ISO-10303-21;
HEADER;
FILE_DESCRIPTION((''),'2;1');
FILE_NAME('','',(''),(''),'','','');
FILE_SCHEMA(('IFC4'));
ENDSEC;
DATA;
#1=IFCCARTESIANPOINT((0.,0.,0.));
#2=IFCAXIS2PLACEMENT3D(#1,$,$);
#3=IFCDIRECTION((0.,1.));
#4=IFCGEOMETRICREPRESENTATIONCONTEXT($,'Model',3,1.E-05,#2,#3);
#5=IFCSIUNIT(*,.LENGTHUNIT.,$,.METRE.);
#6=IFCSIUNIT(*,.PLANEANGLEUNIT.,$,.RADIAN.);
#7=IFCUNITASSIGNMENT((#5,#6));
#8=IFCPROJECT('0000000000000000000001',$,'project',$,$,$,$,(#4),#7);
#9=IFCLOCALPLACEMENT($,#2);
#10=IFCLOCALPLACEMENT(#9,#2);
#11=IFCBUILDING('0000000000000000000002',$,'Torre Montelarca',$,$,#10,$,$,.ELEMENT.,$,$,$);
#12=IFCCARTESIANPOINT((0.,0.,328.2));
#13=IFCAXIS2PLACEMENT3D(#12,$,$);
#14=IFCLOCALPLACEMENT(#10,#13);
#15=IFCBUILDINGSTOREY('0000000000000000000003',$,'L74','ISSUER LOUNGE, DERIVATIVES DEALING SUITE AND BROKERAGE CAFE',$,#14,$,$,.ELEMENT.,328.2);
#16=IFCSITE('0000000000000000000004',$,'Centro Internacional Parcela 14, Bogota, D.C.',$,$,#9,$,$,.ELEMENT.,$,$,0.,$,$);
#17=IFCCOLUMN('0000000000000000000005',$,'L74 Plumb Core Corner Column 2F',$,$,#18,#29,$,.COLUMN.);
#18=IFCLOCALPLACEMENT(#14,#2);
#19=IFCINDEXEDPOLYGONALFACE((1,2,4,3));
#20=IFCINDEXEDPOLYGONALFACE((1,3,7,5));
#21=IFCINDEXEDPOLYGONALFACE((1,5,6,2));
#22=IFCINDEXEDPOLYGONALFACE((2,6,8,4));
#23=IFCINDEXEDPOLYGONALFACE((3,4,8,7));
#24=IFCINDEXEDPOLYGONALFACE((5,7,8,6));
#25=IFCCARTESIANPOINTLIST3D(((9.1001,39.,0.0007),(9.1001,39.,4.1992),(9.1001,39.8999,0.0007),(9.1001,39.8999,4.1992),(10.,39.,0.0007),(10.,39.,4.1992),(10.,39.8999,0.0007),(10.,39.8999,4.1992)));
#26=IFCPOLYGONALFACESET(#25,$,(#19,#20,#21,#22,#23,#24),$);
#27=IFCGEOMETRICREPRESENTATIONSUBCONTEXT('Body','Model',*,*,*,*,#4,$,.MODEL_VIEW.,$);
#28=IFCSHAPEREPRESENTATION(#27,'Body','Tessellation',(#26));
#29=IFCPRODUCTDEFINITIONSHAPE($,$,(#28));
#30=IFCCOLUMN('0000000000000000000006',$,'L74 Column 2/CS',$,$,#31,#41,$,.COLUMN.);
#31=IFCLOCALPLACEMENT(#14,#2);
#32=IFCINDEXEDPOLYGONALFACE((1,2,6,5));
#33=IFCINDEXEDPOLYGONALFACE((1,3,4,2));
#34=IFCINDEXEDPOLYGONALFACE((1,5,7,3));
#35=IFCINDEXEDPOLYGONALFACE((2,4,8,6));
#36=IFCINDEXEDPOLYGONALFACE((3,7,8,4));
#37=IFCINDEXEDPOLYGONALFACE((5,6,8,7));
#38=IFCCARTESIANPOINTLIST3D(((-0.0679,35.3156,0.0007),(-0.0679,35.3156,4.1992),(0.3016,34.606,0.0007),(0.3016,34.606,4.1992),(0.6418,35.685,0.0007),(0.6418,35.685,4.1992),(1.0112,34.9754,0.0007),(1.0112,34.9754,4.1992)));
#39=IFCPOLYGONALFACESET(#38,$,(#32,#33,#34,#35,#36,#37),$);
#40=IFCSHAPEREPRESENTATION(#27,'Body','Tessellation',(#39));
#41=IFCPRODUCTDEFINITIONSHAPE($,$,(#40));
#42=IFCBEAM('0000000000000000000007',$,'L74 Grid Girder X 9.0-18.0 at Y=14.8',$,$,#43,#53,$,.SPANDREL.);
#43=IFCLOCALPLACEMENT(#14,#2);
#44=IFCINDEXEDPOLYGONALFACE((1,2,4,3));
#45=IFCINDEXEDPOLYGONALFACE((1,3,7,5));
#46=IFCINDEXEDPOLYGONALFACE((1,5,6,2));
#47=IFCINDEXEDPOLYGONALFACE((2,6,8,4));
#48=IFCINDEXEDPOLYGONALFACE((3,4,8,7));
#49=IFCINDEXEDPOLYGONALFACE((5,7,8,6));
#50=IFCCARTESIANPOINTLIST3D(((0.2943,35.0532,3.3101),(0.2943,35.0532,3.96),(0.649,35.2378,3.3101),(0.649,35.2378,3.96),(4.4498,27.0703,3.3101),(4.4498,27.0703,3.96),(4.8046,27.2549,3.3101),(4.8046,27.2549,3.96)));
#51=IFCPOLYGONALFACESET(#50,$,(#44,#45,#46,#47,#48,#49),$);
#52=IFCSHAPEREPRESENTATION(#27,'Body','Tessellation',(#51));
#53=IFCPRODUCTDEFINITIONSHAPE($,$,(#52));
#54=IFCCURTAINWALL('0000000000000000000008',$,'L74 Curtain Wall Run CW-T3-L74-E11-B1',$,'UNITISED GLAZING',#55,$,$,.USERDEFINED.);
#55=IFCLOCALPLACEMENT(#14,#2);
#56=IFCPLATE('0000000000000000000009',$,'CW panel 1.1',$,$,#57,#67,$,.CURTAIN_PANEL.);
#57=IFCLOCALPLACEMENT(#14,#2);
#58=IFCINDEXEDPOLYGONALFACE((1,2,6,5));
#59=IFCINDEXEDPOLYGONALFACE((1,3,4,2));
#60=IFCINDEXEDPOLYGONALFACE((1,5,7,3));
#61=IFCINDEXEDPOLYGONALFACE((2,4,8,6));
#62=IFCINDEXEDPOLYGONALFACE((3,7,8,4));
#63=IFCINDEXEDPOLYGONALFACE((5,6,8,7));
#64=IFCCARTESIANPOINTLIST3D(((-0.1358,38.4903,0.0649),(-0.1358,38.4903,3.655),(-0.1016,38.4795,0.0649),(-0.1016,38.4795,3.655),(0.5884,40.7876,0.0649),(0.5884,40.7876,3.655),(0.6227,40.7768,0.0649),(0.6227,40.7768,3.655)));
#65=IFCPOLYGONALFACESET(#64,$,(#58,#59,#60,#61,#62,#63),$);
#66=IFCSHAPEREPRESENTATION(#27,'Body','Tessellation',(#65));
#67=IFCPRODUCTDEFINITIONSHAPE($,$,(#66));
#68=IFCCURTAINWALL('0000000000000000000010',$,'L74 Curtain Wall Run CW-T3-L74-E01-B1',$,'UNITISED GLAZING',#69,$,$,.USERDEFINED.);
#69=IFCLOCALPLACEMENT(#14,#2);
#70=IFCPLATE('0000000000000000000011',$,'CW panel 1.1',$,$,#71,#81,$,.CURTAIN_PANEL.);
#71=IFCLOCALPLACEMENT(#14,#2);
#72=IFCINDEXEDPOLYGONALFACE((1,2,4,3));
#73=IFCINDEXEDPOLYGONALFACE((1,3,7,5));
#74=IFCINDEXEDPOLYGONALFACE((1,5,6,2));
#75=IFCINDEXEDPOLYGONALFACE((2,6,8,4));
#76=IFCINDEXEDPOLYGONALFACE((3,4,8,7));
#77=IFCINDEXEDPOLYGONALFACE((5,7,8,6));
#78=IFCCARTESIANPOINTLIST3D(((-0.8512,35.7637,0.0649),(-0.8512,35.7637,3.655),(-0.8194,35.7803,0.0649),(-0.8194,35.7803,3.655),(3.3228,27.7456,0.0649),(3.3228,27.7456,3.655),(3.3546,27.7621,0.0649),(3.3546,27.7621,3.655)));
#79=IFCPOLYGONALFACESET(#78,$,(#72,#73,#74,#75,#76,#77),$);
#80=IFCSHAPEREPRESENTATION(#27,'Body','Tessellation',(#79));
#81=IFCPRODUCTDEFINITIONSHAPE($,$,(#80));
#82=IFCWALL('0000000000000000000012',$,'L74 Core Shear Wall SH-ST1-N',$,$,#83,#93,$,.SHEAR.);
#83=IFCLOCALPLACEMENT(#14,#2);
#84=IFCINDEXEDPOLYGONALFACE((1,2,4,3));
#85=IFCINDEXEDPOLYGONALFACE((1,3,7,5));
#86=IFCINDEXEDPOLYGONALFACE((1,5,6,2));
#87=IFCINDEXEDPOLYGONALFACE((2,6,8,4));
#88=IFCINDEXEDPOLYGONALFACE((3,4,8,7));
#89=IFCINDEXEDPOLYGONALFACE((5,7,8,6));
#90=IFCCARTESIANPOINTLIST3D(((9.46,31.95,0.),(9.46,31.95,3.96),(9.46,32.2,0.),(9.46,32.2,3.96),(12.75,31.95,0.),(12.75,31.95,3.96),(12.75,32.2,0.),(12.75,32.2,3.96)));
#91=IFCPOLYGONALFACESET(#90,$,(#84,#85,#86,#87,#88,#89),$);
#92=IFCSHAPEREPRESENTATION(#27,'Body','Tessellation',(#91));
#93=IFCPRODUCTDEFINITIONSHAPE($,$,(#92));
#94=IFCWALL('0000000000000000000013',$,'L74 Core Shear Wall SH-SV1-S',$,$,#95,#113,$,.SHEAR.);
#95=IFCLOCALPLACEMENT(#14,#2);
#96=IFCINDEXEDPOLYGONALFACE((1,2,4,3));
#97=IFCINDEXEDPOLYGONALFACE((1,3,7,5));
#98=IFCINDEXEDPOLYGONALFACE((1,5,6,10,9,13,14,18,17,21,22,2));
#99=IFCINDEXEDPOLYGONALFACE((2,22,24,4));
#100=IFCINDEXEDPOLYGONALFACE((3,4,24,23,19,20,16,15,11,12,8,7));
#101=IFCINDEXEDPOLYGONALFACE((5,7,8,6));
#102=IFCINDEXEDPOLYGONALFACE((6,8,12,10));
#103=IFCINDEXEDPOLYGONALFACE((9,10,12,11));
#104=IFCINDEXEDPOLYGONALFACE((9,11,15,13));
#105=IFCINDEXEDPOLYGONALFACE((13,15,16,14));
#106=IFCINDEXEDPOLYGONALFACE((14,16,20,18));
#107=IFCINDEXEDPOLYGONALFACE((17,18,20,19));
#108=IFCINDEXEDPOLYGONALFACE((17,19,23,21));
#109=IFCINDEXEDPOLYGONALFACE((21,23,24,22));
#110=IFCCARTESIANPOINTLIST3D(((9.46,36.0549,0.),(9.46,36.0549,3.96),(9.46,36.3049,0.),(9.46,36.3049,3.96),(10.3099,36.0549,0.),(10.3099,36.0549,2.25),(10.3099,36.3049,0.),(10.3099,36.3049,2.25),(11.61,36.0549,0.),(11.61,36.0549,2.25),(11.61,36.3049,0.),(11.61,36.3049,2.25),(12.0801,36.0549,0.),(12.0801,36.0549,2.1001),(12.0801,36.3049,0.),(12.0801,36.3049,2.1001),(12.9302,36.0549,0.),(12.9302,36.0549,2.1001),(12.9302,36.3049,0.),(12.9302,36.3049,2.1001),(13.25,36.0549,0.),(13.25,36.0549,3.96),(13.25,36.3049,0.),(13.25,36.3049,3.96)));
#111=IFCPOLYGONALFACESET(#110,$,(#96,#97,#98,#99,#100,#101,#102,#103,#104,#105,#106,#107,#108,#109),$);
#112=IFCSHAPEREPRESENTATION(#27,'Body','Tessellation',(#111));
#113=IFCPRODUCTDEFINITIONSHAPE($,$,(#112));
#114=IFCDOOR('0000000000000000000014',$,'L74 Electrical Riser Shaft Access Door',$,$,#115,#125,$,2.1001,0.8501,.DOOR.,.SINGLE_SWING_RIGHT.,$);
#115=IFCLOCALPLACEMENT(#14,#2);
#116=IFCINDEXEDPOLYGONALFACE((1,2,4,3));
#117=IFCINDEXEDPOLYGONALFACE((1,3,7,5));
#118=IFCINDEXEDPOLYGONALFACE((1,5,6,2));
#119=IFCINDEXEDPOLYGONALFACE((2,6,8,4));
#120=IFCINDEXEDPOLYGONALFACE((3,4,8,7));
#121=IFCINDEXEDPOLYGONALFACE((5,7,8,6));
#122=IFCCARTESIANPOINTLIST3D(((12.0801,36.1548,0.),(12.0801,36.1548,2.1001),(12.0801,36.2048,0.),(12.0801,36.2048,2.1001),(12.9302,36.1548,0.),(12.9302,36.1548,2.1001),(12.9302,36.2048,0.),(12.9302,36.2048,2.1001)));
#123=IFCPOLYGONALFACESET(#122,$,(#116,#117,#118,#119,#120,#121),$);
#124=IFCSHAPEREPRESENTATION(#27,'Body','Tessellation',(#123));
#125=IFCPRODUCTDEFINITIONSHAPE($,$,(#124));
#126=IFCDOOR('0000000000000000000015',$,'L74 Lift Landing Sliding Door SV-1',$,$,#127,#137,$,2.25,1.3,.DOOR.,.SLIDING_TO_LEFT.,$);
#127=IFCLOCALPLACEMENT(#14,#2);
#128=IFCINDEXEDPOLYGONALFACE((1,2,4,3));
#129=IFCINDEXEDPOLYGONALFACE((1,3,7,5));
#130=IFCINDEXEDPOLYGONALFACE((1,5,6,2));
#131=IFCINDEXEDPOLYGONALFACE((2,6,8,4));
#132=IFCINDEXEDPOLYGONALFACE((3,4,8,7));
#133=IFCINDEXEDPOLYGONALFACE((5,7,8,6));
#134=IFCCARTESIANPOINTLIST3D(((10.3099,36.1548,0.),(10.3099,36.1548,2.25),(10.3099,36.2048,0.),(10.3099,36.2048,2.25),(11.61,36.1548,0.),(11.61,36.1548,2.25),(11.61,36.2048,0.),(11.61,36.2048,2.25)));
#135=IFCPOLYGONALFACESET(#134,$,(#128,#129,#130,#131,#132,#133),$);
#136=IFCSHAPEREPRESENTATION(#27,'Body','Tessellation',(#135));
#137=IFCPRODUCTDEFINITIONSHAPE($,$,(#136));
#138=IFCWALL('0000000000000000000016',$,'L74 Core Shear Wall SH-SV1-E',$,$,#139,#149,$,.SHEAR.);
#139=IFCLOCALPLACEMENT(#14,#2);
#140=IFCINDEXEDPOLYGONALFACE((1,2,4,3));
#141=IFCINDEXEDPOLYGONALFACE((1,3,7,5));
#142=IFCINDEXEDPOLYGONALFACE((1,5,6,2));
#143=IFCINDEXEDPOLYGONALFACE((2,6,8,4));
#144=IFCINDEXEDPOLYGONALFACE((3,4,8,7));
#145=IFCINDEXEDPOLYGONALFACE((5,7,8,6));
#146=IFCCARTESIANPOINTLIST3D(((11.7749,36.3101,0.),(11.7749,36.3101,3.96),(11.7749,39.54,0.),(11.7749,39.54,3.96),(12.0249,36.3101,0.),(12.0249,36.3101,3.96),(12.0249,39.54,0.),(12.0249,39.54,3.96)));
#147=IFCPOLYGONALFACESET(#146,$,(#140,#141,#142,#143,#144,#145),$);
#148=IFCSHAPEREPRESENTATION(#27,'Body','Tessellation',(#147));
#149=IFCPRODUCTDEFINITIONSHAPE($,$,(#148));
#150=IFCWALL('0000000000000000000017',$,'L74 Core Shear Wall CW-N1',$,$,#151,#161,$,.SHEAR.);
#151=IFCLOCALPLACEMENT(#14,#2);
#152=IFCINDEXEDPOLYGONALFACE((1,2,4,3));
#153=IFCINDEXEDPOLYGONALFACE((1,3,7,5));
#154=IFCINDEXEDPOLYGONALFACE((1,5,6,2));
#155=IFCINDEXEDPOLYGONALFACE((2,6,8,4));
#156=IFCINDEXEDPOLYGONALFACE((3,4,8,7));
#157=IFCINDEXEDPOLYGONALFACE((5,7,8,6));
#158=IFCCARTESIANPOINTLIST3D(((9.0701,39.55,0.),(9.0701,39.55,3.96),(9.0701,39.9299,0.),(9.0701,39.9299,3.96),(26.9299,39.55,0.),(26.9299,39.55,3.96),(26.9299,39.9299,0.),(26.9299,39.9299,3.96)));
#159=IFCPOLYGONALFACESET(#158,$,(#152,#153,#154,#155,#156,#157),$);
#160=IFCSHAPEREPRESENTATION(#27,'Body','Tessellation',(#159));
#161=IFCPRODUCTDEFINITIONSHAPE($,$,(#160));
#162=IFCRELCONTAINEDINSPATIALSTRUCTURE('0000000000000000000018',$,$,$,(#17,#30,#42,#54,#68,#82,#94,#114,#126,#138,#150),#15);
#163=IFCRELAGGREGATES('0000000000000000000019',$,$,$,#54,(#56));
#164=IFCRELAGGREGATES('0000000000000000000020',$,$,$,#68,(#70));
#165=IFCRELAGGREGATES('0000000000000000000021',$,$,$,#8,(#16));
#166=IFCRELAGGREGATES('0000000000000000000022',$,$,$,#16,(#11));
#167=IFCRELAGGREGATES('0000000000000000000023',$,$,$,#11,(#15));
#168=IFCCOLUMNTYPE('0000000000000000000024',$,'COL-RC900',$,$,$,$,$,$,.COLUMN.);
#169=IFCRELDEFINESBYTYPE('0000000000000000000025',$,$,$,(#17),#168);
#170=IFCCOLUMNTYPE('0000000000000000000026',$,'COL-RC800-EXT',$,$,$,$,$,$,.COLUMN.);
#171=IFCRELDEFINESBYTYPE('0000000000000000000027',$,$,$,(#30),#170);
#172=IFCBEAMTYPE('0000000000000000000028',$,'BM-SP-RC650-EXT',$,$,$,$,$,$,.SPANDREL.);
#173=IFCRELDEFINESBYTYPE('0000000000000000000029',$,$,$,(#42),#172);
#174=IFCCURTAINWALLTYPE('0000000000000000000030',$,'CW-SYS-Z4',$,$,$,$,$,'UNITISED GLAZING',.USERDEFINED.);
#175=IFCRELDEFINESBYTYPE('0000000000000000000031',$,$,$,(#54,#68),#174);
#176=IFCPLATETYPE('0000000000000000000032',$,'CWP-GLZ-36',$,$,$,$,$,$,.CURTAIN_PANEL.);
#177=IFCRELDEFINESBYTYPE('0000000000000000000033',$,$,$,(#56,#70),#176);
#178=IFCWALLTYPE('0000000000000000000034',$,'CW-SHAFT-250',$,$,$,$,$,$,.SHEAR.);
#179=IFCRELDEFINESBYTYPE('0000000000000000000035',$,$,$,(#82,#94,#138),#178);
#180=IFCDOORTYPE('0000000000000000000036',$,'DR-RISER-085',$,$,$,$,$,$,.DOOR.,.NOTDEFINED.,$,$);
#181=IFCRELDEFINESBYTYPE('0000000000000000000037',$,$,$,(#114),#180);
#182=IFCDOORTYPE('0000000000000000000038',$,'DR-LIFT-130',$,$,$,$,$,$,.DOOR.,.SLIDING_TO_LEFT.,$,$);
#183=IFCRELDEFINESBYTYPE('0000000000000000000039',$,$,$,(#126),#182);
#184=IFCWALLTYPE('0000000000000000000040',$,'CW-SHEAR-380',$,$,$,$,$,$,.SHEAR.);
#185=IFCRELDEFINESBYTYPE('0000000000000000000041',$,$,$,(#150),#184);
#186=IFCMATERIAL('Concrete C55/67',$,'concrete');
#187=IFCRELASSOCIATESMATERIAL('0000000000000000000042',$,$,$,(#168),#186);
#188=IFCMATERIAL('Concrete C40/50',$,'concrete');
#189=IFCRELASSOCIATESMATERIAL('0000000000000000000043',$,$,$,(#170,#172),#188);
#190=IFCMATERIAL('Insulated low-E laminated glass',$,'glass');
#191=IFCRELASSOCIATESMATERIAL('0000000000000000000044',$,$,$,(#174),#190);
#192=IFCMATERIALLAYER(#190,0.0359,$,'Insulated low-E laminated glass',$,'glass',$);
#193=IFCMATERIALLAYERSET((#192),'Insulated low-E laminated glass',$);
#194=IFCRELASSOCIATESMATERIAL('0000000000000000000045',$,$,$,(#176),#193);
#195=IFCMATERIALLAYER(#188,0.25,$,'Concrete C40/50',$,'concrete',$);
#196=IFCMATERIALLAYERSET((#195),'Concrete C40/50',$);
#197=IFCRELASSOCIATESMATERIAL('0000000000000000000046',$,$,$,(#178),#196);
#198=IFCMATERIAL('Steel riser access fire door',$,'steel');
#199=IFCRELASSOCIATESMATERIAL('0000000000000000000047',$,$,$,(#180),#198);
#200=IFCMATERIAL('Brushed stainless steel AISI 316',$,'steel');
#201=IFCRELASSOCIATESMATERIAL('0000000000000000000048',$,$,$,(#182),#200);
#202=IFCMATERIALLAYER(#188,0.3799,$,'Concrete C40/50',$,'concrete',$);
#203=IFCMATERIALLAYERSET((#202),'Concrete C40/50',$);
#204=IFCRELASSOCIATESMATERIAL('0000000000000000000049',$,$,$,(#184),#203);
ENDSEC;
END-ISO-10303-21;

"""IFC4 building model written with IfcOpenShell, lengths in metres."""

from ifc_helpers import new_model, si_unit, direction, frame, frame_2d, origin, origin_2d, place, context, subcontext, project, spatial, rectangle, extrude, source, transform, mapped, material, layer, layer_set, material_profile, profile_set, type_object, element, fill, aggregate, save


model = new_model("IFC4")

# Units and contexts
model_context = context("Model", 3, precision=1e-05, world=origin(), true_north=direction((0.0, 1.0)))
body_context = subcontext(model_context, "Body", "Model", "MODEL_VIEW")
ifc_project = project(units=[si_unit("LENGTHUNIT", "METRE"), si_unit("PLANEANGLEUNIT", "RADIAN")], contexts=[model_context])

# Site, building, storey
site_placement = place(None, origin())
site = spatial("IfcSite", under=ifc_project, at=site_placement, Name="Centro Internacional Parcela 14, Bogota, D.C.", CompositionType="ELEMENT", RefElevation=0.0)
building_placement = place(site_placement, origin())
building = spatial("IfcBuilding", under=site, at=building_placement, Name="Torre Montelarca", CompositionType="ELEMENT")
storey_placement = place(building_placement, frame((0.0, 0.0, 328.2)))
storey = spatial("IfcBuildingStorey", under=building, at=storey_placement, Name="L74", Description="ISSUER LOUNGE, DERIVATIVES DEALING SUITE AND BROKERAGE CAFE", CompositionType="ELEMENT", Elevation=328.2)

# Columns
ifc_material_1 = material(Name="Concrete C55/67", Category="concrete")
ifc_material_profile_1 = material_profile(ifc_material_1, rectangle(XDim=0.8999, YDim=0.8999, at=origin_2d()), Name="RC900X900", Category="concrete")
ifc_profile_set_1 = profile_set([ifc_material_profile_1], Name="Concrete C55/67")
column_type_1 = type_object("IfcColumnType", Name="COL-RC900", PredefinedType="COLUMN", material=ifc_profile_set_1)
shared_shape_1 = source(origin(), body_context, "Body", "SweptSolid", [
    extrude(rectangle(XDim=0.8999, YDim=0.8999, at=origin_2d()), origin(), (0.0, 0.0, 1.0), 4.1985),
])
column_1_placement = place(storey_placement, frame((9.55, 39.45, 0.0007), z_axis=(0.0, 0.0, 1.0), x_axis=(1.0, 0.0, 0.0)))
element("IfcColumn", 1, at=column_1_placement, inside=storey, type_object=column_type_1, Name="L74 Plumb Core Corner Column 2F", PredefinedType="COLUMN", context=body_context, shape_type="MappedRepresentation", body=[
    mapped(shared_shape_1, transform((0.0, 0.0, 0.0), scale=1.0)),
])
ifc_material_2 = material(Name="Concrete C40/50", Category="concrete")
ifc_material_profile_2 = material_profile(ifc_material_2, rectangle(XDim=0.8, YDim=0.8, at=origin_2d()), Name="RC800X800", Category="concrete")
ifc_profile_set_2 = profile_set([ifc_material_profile_2], Name="Concrete C40/50")
column_type_2 = type_object("IfcColumnType", Name="COL-RC800-EXT", PredefinedType="COLUMN", material=ifc_profile_set_2)
shared_shape_2 = source(origin(), body_context, "Body", "SweptSolid", [
    extrude(rectangle(XDim=0.8, YDim=0.8, at=origin_2d()), origin(), (0.0, 0.0, 1.0), 4.1985),
])
column_2_placement = place(storey_placement, frame((0.4717, 35.1455, 0.0007), z_axis=(0.0, 0.0, 1.0), x_axis=(-0.461749, 0.887011, 0.0)))
element("IfcColumn", 2, at=column_2_placement, inside=storey, type_object=column_type_2, Name="L74 Column 2/CS", PredefinedType="COLUMN", context=body_context, shape_type="MappedRepresentation", body=[
    mapped(shared_shape_2, transform((0.0, 0.0, 0.0), scale=1.0)),
])

# Beam
ifc_material_profile_3 = material_profile(ifc_material_2, rectangle(XDim=0.3999, YDim=0.6499, at=origin_2d()), Name="RCB400X650", Category="concrete")
ifc_profile_set_3 = profile_set([ifc_material_profile_3], Name="Concrete C40/50")
beam_type = type_object("IfcBeamType", Name="BM-SP-RC650-EXT", PredefinedType="SPANDREL", material=ifc_profile_set_3)
shared_shape_3 = source(origin(), body_context, "Body", "SweptSolid", [
    extrude(rectangle(XDim=0.3999, YDim=0.6499, at=origin_2d()), origin(), (0.0, 0.0, 1.0), 8.9998),
])
beam_placement = place(storey_placement, frame((0.4717, 35.1455, 3.635), z_axis=(0.461738, -0.887016, 0.0), x_axis=(0.887016, 0.461738, 0.0)))
element("IfcBeam", 3, at=beam_placement, inside=storey, type_object=beam_type, Name="L74 Grid Girder X 9.0-18.0 at Y=14.8", PredefinedType="SPANDREL", context=body_context, shape_type="MappedRepresentation", body=[
    mapped(shared_shape_3, transform((0.0, 0.0, 0.0), scale=1.0)),
])

# Curtain walls, plates
ifc_material_3 = material(Name="Insulated low-E laminated glass", Category="glass")
curtain_wall_type = type_object("IfcCurtainWallType", Name="CW-SYS-Z4", ElementType="UNITISED GLAZING", PredefinedType="USERDEFINED", material=ifc_material_3)
curtain_wall_1_placement = place(storey_placement, origin())
curtain_wall_1 = element("IfcCurtainWall", 4, at=curtain_wall_1_placement, inside=storey, type_object=curtain_wall_type, Name="L74 Curtain Wall Run CW-T3-L74-E11-B1", ObjectType="UNITISED GLAZING", PredefinedType="USERDEFINED")
ifc_layer_1 = layer(ifc_material_3, 0.0359, Name="Insulated low-E laminated glass", Category="glass")
ifc_layer_set_1 = layer_set([ifc_layer_1], Name="Insulated low-E laminated glass")
plate_type = type_object("IfcPlateType", Name="CWP-GLZ-36", PredefinedType="CURTAIN_PANEL", material=ifc_layer_set_1)
shared_shape_4 = source(origin(), body_context, "Body", "SweptSolid", [
    extrude(rectangle(XDim=2.4087, YDim=0.0359, at=origin_2d()), origin(), (0.0, 0.0, 1.0), 3.5901),
])
plate_1_placement = place(storey_placement, frame((0.2434, 39.6335, 0.0649), z_axis=(0.0, 0.0, 1.0), x_axis=(-0.300693, -0.953721, 0.0)))
plate_1 = element("IfcPlate", 5, at=plate_1_placement, type_object=plate_type, Name="CW panel 1.1", PredefinedType="CURTAIN_PANEL", context=body_context, shape_type="MappedRepresentation", body=[
    mapped(shared_shape_4, transform((0.0, 0.0, 0.0), scale=1.0)),
])
aggregate(curtain_wall_1, [plate_1])
curtain_wall_2_placement = place(storey_placement, origin())
curtain_wall_2 = element("IfcCurtainWall", 6, at=curtain_wall_2_placement, inside=storey, type_object=curtain_wall_type, Name="L74 Curtain Wall Run CW-T3-L74-E01-B1", ObjectType="UNITISED GLAZING", PredefinedType="USERDEFINED")
shared_shape_5 = source(origin(), body_context, "Body", "SweptSolid", [
    extrude(rectangle(XDim=9.0396, YDim=0.0359, at=origin_2d()), origin(), (0.0, 0.0, 1.0), 3.5901),
])
plate_2_placement = place(storey_placement, frame((1.2517, 31.7629, 0.0649), z_axis=(0.0, 0.0, 1.0), x_axis=(0.461747, -0.887011, 0.0)))
plate_2 = element("IfcPlate", 7, at=plate_2_placement, type_object=plate_type, Name="CW panel 1.1", PredefinedType="CURTAIN_PANEL", context=body_context, shape_type="MappedRepresentation", body=[
    mapped(shared_shape_5, transform((0.0, 0.0, 0.0), scale=1.0)),
])
aggregate(curtain_wall_2, [plate_2])

# Wall
ifc_layer_2 = layer(ifc_material_2, 0.25, Name="Concrete C40/50", Category="concrete")
ifc_layer_set_2 = layer_set([ifc_layer_2], Name="Concrete C40/50")
wall_type_1 = type_object("IfcWallType", Name="CW-SHAFT-250", PredefinedType="SHEAR", material=ifc_layer_set_2)
wall_1_placement = place(storey_placement, frame((9.46, 32.075, 0.0), z_axis=(0.0, 0.0, 1.0), x_axis=(1.0, 0.0, 0.0)))
element("IfcWall", 8, at=wall_1_placement, inside=storey, type_object=wall_type_1, Name="L74 Core Shear Wall SH-ST1-N", PredefinedType="SHEAR", context=body_context, shape_type="SweptSolid", body=[
    extrude(rectangle(XDim=3.29, YDim=0.25, at=frame_2d((1.645, 0.0))), origin(), (0.0, 0.0, 1.0), 3.96),
])

# Wall, openings, doors
wall_2_placement = place(storey_placement, frame((9.46, 36.1799, 0.0), z_axis=(0.0, 0.0, 1.0), x_axis=(1.0, 0.0, 0.0)))
wall_2 = element("IfcWall", 9, at=wall_2_placement, inside=storey, type_object=wall_type_1, Name="L74 Core Shear Wall SH-SV1-S", PredefinedType="SHEAR", context=body_context, shape_type="SweptSolid", body=[
    extrude(rectangle(XDim=3.79, YDim=0.25, at=frame_2d((1.895, 0.0))), origin(), (0.0, 0.0, 1.0), 3.96),
])
opening_1_placement = place(wall_2_placement, frame((2.6201, 0.0, 0.0)))
opening_1 = element("IfcOpeningElement", 10, at=opening_1_placement, cuts=wall_2, PredefinedType="OPENING", context=body_context, shape_type="SweptSolid", body=[
    extrude(rectangle(XDim=0.8501, YDim=2.1001, at=frame_2d((0.425, 1.05))), frame((0.0, 0.135, 0.0), z_axis=(0.0, -1.0, 0.0), x_axis=(1.0, 0.0, 0.0)), (0.0, 0.0, 1.0), 0.27),
])
opening_2_placement = place(wall_2_placement, frame((0.8501, 0.0, 0.0)))
opening_2 = element("IfcOpeningElement", 11, at=opening_2_placement, cuts=wall_2, PredefinedType="OPENING", context=body_context, shape_type="SweptSolid", body=[
    extrude(rectangle(XDim=1.3, YDim=2.25, at=frame_2d((0.6499, 1.125))), frame((0.0, 0.135, 0.0), z_axis=(0.0, -1.0, 0.0), x_axis=(1.0, 0.0, 0.0)), (0.0, 0.0, 1.0), 0.27),
])
ifc_material_4 = material(Name="Steel riser access fire door", Category="steel")
door_type_1 = type_object("IfcDoorType", Name="DR-RISER-085", OperationType="NOTDEFINED", PredefinedType="DOOR", material=ifc_material_4)
shared_shape_6 = source(origin(), body_context, "Body", "SweptSolid", [
    extrude(rectangle(XDim=0.8501, YDim=2.1001, at=frame_2d((0.425, 1.05))), frame((0.0, 0.0249, 0.0), z_axis=(0.0, -1.0, 0.0), x_axis=(1.0, 0.0, 0.0)), (0.0, 0.0, 1.0), 0.05),
])
door_1_placement = place(opening_1_placement, origin())
door_1 = element("IfcDoor", 12, at=door_1_placement, inside=storey, type_object=door_type_1, Name="L74 Electrical Riser Shaft Access Door", OperationType="SINGLE_SWING_RIGHT", OverallHeight=2.1001, OverallWidth=0.8501, PredefinedType="DOOR", context=body_context, shape_type="MappedRepresentation", body=[
    mapped(shared_shape_6, transform((0.0, 0.0, 0.0), scale=1.0)),
])
fill(opening_1, door_1)
ifc_material_5 = material(Name="Brushed stainless steel AISI 316", Category="steel")
door_type_2 = type_object("IfcDoorType", Name="DR-LIFT-130", OperationType="SLIDING_TO_LEFT", PredefinedType="DOOR", material=ifc_material_5)
shared_shape_7 = source(origin(), body_context, "Body", "SweptSolid", [
    extrude(rectangle(XDim=1.3, YDim=2.25, at=frame_2d((0.6499, 1.125))), frame((0.0, 0.0249, 0.0), z_axis=(0.0, -1.0, 0.0), x_axis=(1.0, 0.0, 0.0)), (0.0, 0.0, 1.0), 0.05),
])
door_2_placement = place(opening_2_placement, origin())
door_2 = element("IfcDoor", 13, at=door_2_placement, inside=storey, type_object=door_type_2, Name="L74 Lift Landing Sliding Door SV-1", OperationType="SLIDING_TO_LEFT", OverallHeight=2.25, OverallWidth=1.3, PredefinedType="DOOR", context=body_context, shape_type="MappedRepresentation", body=[
    mapped(shared_shape_7, transform((0.0, 0.0, 0.0), scale=1.0)),
])
fill(opening_2, door_2)

# Walls
wall_3_placement = place(storey_placement, frame((11.8999, 36.3101, 0.0), z_axis=(0.0, 0.0, 1.0), x_axis=(0.0, 1.0, 0.0)))
element("IfcWall", 14, at=wall_3_placement, inside=storey, type_object=wall_type_1, Name="L74 Core Shear Wall SH-SV1-E", PredefinedType="SHEAR", context=body_context, shape_type="SweptSolid", body=[
    extrude(rectangle(XDim=3.23, YDim=0.25, at=frame_2d((1.615, 0.0))), origin(), (0.0, 0.0, 1.0), 3.96),
])
ifc_layer_3 = layer(ifc_material_2, 0.3799, Name="Concrete C40/50", Category="concrete")
ifc_layer_set_3 = layer_set([ifc_layer_3], Name="Concrete C40/50")
wall_type_2 = type_object("IfcWallType", Name="CW-SHEAR-380", PredefinedType="SHEAR", material=ifc_layer_set_3)
wall_4_placement = place(storey_placement, frame((9.0701, 39.74, 0.0), z_axis=(0.0, 0.0, 1.0), x_axis=(1.0, 0.0, 0.0)))
element("IfcWall", 15, at=wall_4_placement, inside=storey, type_object=wall_type_2, Name="L74 Core Shear Wall CW-N1", PredefinedType="SHEAR", context=body_context, shape_type="SweptSolid", body=[
    extrude(rectangle(XDim=17.8599, YDim=0.3799, at=frame_2d((8.9299, 0.0))), origin(), (0.0, 0.0, 1.0), 3.96),
])

save(model, "model.ifc")
